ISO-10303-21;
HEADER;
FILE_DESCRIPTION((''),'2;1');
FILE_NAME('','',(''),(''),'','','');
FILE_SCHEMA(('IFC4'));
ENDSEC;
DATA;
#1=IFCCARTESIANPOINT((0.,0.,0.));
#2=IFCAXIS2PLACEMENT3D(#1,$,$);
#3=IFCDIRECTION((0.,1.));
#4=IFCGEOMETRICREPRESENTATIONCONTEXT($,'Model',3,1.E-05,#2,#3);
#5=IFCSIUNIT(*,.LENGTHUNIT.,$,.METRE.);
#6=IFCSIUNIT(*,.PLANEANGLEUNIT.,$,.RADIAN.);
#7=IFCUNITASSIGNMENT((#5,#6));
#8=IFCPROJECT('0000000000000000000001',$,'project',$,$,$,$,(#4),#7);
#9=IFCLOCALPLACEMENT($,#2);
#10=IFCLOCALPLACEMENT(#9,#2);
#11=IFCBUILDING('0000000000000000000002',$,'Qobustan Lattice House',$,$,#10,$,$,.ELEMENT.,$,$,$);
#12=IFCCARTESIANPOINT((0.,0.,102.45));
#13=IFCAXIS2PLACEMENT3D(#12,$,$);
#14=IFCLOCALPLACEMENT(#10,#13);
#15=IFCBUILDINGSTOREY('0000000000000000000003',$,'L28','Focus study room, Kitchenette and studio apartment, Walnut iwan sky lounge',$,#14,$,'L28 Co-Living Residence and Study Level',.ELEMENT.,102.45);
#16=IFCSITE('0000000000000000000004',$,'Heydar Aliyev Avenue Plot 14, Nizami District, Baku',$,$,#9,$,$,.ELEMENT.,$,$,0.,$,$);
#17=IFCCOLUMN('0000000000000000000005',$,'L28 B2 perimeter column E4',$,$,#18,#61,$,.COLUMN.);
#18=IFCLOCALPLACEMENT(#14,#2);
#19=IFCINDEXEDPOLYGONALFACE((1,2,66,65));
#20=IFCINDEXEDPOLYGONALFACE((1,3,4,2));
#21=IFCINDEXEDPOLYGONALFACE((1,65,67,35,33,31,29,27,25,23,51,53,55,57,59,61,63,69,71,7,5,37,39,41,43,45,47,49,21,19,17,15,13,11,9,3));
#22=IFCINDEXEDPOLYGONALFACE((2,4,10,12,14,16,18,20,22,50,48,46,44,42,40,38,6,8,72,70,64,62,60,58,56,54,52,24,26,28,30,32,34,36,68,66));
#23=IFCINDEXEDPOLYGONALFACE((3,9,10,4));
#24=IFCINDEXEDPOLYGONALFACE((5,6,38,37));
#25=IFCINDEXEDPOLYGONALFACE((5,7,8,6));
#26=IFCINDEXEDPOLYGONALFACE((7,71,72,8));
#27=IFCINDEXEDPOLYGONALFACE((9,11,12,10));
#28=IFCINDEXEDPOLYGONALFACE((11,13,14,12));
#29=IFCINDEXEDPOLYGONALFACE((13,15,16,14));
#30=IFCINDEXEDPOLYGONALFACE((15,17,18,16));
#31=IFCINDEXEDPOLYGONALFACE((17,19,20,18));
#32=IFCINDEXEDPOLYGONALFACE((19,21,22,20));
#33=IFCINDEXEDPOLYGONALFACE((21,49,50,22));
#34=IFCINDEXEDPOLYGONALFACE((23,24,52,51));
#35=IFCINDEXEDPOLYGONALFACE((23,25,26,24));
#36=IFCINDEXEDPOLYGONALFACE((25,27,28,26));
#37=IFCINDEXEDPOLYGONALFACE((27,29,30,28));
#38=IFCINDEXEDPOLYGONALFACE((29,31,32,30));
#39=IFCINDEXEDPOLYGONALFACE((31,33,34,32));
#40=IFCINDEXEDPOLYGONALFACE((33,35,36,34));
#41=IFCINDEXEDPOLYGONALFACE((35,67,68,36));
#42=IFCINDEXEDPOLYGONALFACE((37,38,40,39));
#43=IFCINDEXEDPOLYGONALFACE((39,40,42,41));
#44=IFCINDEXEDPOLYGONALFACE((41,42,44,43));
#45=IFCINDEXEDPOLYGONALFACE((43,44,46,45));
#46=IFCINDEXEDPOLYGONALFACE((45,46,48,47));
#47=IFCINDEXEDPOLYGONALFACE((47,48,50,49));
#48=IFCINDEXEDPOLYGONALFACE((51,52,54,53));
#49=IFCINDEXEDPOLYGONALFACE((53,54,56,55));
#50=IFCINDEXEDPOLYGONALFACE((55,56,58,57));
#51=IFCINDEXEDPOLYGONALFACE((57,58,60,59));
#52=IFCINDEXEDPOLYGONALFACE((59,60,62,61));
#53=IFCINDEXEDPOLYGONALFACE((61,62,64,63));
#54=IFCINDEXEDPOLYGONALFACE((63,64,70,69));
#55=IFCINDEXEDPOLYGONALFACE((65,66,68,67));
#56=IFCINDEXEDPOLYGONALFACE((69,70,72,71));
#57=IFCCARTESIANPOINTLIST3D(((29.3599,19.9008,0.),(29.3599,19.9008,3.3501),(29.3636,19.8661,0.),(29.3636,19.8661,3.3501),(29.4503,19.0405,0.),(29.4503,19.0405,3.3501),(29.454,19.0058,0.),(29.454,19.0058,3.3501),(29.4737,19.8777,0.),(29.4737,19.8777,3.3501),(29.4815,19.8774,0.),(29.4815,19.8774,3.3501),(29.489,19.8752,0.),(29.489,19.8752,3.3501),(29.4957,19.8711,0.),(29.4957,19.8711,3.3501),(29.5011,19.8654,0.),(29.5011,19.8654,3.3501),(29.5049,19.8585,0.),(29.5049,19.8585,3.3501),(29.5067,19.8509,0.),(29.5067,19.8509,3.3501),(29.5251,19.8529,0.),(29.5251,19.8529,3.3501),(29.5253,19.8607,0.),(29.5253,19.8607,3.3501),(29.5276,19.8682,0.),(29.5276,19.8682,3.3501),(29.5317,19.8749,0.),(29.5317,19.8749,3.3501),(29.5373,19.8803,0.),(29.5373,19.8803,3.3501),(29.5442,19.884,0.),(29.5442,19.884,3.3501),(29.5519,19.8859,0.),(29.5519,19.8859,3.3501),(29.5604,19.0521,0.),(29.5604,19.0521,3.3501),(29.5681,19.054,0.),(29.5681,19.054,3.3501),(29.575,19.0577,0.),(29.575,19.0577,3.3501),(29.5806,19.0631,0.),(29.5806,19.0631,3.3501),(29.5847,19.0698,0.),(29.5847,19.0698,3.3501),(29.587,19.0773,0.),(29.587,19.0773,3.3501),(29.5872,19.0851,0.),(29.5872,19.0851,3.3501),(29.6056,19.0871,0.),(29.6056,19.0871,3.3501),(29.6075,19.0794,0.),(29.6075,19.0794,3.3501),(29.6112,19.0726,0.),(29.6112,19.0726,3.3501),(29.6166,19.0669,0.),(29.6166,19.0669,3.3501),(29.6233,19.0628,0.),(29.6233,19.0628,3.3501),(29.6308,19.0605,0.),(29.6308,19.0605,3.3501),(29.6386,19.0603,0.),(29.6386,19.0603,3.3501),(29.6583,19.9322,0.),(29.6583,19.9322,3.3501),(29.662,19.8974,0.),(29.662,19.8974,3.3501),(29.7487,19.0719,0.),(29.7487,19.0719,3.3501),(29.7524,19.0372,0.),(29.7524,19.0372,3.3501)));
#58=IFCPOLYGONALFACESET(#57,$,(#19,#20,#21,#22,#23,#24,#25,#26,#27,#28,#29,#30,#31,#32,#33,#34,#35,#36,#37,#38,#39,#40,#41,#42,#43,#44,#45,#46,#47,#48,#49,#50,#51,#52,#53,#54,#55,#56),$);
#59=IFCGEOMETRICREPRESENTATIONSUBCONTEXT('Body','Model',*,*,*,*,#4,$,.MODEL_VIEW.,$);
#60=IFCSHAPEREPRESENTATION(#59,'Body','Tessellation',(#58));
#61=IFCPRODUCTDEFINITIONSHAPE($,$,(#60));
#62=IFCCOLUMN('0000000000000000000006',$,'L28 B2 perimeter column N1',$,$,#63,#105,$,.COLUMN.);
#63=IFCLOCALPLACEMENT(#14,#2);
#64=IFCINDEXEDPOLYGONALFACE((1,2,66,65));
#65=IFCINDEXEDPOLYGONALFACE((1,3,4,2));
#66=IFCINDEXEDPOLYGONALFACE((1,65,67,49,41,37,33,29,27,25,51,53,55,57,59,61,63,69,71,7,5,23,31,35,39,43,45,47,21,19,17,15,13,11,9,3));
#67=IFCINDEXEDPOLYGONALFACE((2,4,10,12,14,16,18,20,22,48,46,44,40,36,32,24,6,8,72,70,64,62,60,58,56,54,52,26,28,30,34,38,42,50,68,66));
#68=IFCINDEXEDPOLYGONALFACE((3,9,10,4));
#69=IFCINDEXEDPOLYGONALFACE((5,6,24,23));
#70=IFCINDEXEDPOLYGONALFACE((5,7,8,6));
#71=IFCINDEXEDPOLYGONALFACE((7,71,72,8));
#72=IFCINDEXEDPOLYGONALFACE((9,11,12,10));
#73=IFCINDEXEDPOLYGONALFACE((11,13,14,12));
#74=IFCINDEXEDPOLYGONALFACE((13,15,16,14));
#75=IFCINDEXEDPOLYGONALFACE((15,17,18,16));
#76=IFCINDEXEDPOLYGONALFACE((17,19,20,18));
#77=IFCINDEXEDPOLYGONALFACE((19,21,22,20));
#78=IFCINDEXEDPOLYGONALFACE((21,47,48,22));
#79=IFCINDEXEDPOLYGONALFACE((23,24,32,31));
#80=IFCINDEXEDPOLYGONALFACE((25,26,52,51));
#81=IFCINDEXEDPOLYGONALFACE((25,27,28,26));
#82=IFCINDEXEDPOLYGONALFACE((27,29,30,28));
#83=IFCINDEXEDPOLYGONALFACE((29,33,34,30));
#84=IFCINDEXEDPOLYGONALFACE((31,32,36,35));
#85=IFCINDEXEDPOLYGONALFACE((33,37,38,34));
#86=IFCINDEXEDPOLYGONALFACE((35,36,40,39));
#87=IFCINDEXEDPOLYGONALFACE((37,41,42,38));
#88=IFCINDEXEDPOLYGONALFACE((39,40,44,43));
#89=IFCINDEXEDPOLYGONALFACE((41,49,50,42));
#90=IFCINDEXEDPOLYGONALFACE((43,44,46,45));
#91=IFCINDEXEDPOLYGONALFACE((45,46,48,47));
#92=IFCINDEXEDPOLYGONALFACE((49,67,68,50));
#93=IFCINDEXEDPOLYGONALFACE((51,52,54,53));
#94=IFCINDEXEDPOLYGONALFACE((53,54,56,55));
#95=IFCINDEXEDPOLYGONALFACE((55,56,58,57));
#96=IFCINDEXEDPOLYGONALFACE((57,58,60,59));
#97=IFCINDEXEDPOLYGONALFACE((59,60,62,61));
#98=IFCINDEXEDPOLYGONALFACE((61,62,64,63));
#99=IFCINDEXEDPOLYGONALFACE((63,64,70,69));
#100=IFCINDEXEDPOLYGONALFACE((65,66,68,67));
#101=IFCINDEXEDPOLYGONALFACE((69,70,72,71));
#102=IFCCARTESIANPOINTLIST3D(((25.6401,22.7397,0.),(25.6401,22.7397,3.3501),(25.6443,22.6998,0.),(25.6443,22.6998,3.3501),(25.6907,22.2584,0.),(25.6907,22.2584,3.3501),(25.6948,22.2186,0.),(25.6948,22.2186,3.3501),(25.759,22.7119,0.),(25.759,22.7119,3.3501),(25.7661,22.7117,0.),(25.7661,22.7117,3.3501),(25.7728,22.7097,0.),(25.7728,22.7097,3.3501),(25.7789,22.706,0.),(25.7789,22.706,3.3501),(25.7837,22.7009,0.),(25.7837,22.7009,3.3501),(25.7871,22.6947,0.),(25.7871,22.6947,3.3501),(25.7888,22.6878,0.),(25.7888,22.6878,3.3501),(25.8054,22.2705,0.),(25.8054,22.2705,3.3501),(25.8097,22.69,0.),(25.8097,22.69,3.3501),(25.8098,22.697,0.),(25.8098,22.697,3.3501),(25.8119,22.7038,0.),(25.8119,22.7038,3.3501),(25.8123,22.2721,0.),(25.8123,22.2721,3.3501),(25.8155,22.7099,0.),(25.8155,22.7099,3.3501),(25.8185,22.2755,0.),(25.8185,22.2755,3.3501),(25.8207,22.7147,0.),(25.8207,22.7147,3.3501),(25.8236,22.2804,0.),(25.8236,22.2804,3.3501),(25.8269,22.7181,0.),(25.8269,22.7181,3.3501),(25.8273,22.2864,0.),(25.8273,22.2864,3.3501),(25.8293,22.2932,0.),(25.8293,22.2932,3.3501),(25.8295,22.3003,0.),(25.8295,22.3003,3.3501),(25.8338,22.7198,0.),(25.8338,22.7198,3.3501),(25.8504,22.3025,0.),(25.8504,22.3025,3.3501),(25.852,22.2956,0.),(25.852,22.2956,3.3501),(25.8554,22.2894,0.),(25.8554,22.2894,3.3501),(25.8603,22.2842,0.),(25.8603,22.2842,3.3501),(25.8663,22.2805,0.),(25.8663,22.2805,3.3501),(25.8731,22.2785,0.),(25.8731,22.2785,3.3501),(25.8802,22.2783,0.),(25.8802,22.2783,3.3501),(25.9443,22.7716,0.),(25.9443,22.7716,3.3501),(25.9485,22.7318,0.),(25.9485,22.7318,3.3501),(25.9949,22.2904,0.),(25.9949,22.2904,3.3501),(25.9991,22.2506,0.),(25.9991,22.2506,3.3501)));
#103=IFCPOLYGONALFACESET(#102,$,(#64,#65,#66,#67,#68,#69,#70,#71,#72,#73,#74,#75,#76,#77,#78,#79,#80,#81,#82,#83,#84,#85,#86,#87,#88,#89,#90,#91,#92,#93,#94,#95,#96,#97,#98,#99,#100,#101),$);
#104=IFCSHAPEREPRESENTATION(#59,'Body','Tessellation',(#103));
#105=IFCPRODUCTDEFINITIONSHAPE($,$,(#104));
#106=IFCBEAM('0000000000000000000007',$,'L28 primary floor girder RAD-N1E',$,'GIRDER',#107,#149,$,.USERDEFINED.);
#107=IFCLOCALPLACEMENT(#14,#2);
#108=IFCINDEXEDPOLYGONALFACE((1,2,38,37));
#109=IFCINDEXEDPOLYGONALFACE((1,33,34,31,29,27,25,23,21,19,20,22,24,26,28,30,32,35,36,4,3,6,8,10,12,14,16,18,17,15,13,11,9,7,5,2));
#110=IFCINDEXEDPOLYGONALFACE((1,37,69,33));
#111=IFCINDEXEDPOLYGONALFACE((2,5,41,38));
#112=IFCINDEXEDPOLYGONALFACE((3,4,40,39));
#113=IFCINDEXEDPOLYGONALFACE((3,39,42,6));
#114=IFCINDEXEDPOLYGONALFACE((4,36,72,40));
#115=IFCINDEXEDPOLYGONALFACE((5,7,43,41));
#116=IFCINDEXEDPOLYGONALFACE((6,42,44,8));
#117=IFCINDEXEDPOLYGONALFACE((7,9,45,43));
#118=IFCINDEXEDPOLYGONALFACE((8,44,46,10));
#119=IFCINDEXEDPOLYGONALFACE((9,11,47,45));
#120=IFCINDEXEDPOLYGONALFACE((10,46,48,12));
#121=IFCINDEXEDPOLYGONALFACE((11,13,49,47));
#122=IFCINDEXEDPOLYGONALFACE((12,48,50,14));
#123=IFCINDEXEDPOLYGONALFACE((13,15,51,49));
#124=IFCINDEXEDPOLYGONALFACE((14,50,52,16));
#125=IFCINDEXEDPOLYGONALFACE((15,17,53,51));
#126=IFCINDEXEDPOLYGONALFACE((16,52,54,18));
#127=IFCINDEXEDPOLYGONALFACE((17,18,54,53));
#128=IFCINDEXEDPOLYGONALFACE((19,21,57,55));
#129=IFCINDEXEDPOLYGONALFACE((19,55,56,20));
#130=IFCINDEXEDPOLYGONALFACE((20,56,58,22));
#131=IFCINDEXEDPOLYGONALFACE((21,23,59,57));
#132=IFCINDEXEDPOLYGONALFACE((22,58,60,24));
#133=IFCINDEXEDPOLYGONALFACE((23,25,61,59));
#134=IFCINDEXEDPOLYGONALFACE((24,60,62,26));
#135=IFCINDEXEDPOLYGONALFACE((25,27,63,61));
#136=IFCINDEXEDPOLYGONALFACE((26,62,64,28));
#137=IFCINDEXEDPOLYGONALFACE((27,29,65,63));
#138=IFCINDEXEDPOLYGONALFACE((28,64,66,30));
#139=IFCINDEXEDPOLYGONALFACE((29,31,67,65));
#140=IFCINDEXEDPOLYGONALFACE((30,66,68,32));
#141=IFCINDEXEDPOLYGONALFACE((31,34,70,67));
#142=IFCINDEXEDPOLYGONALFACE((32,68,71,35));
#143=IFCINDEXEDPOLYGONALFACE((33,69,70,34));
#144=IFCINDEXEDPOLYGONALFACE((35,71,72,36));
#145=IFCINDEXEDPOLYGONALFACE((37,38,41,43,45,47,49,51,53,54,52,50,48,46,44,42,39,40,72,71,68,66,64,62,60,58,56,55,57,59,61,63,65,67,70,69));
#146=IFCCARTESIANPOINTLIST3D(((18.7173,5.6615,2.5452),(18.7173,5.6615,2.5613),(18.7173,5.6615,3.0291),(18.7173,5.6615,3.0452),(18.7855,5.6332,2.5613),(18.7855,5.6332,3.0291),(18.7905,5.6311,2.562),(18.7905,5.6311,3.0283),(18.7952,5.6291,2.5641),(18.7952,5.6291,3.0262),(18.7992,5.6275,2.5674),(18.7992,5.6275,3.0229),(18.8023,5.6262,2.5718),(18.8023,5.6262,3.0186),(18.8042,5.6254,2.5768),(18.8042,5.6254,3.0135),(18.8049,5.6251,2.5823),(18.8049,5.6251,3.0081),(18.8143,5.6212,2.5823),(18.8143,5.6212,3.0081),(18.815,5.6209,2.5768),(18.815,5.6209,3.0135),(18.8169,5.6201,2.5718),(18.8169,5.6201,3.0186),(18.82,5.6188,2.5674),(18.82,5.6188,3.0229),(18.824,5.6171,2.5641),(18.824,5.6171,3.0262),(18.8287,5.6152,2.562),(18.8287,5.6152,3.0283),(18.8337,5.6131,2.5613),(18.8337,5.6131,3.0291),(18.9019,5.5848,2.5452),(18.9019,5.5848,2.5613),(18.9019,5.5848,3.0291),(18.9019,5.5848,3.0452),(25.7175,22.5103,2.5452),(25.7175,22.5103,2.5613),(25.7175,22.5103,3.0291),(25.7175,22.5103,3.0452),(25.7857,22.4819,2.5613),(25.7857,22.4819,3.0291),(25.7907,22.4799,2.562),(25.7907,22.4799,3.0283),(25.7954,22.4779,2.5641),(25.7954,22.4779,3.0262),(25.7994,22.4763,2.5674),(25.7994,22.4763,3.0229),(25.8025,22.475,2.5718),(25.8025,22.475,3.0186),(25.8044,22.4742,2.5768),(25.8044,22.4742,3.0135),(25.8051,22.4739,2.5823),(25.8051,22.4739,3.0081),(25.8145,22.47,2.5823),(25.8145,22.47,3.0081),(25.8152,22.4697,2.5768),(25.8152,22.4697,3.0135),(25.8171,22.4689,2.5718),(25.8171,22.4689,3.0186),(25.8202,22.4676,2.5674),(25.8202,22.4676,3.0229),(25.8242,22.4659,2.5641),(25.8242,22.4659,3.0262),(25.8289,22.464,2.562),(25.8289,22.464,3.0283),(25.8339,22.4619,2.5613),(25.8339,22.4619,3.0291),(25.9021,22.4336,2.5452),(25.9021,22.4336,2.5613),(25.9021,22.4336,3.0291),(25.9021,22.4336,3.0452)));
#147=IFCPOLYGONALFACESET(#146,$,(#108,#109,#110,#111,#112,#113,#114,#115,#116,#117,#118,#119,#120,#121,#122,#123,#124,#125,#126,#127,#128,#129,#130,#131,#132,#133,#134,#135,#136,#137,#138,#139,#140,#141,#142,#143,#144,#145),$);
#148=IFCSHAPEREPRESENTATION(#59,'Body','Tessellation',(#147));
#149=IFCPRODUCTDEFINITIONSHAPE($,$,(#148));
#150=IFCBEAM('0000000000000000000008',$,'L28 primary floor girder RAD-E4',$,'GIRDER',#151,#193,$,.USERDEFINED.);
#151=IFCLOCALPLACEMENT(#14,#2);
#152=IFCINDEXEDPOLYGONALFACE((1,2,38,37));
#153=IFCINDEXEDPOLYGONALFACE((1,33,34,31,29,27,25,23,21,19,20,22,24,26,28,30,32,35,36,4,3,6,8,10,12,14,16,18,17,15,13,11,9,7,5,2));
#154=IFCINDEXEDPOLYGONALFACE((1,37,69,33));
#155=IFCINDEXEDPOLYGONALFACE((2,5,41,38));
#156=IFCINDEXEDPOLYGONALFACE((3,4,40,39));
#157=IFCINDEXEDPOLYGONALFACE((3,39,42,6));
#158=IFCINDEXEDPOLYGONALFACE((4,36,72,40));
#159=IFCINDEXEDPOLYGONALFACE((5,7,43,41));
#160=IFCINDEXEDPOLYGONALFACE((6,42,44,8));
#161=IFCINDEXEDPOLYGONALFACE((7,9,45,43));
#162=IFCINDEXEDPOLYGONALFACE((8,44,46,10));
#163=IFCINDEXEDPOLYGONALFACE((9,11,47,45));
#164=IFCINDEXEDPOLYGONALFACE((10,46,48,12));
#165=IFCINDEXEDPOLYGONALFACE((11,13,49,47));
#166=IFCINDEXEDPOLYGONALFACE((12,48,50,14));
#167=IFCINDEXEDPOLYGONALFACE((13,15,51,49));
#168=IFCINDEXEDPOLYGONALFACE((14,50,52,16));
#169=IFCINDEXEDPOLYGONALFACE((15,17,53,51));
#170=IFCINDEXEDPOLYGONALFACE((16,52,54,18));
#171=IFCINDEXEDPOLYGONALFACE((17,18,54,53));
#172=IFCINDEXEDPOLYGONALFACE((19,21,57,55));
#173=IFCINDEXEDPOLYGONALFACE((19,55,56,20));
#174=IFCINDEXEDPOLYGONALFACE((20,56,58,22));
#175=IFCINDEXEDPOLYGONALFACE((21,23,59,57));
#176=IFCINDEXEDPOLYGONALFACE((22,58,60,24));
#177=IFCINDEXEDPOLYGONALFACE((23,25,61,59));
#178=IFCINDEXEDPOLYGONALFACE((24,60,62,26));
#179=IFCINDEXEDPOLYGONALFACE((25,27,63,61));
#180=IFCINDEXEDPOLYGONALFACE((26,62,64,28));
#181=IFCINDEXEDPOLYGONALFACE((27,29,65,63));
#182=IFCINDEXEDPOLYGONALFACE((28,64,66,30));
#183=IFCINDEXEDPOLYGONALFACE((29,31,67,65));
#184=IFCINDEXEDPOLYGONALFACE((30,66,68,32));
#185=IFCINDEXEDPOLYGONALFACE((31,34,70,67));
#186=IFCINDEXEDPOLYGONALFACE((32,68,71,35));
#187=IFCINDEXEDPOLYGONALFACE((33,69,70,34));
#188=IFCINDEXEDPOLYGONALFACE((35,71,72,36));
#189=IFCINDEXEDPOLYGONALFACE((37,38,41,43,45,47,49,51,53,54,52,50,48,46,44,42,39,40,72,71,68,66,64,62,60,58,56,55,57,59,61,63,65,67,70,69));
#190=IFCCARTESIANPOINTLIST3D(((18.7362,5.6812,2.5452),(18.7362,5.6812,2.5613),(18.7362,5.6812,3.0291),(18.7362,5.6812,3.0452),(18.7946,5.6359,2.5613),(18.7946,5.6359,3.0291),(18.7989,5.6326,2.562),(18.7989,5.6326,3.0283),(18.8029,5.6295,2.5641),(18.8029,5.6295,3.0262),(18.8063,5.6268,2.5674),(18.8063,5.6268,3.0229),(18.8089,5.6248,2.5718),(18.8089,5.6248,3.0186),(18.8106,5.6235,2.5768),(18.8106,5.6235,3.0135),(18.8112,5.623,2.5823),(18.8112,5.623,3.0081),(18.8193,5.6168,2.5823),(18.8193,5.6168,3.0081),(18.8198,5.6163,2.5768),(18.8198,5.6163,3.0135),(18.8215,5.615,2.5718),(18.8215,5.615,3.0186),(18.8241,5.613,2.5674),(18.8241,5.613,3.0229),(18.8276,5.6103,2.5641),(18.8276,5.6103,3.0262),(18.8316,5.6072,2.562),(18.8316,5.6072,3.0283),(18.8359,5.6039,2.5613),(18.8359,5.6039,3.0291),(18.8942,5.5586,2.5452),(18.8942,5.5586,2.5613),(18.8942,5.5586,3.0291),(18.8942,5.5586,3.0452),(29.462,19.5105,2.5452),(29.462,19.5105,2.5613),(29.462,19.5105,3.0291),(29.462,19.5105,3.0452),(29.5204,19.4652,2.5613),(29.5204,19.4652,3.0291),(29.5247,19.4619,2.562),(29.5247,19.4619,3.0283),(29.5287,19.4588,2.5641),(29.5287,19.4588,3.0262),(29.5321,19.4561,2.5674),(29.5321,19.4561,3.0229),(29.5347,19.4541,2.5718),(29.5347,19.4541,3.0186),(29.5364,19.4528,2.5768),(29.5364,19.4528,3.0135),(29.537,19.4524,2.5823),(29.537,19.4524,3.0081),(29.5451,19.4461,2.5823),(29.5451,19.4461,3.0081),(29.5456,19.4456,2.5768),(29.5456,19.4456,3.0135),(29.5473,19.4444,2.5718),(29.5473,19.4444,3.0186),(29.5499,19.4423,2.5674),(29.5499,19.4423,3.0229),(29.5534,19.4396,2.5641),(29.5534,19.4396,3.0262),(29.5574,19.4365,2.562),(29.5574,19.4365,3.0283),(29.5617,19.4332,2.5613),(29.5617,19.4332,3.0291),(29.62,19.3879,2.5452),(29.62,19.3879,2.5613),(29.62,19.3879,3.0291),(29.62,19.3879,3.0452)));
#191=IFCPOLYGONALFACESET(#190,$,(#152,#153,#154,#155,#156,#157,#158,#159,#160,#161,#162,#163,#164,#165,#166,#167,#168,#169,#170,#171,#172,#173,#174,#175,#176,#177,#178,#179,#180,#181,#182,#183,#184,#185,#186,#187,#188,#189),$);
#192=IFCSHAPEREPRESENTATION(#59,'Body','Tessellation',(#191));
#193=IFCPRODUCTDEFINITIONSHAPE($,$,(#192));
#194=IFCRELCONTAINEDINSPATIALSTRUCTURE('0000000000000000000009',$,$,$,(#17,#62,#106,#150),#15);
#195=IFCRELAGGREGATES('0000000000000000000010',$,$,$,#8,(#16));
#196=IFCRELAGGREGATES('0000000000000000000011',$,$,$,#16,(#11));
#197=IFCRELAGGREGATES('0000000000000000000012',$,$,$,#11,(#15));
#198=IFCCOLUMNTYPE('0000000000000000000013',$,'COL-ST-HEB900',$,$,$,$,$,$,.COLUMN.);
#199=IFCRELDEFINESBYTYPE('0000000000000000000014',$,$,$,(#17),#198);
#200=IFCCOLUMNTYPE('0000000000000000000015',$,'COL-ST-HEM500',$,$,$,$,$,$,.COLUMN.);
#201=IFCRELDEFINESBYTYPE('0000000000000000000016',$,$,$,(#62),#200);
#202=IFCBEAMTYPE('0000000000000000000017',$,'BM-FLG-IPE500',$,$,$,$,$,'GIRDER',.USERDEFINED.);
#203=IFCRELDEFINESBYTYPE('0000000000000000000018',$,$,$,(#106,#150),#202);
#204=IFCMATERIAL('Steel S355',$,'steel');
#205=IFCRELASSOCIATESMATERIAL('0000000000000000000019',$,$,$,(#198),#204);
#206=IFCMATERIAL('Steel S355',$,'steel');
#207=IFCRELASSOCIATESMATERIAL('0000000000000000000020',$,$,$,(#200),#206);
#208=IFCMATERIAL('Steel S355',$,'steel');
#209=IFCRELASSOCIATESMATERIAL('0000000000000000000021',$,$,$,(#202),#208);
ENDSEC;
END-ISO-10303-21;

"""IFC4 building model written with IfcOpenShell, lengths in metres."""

from ifc_helpers import new_model, si_unit, direction, frame, origin, origin_2d, place, context, subcontext, project, spatial, i_section, extrude, material, material_profile, profile_set, type_object, element, save


model = new_model("IFC4")

# Units and contexts
model_context = context("Model", 3, precision=1e-05, world=origin(), true_north=direction((0.0, 1.0)))
body_context = subcontext(model_context, "Body", "Model", "MODEL_VIEW")
ifc_project = project(units=[si_unit("LENGTHUNIT", "METRE"), si_unit("PLANEANGLEUNIT", "RADIAN")], contexts=[model_context])

# Site, building, storey
site_placement = place(None, origin())
site = spatial("IfcSite", under=ifc_project, at=site_placement, Name="Heydar Aliyev Avenue Plot 14, Nizami District, Baku", CompositionType="ELEMENT", RefElevation=0.0)
building_placement = place(site_placement, origin())
building = spatial("IfcBuilding", under=site, at=building_placement, Name="Qobustan Lattice House", CompositionType="ELEMENT")
storey_placement = place(building_placement, frame((0.0, 0.0, 102.45)))
storey = spatial("IfcBuildingStorey", under=building, at=storey_placement, Name="L28", Description="Focus study room, Kitchenette and studio apartment, Walnut iwan sky lounge", LongName="L28 Co-Living Residence and Study Level", CompositionType="ELEMENT", Elevation=102.45)

# Columns
ifc_material_1 = material(Name="Steel S355", Category="steel")
ifc_material_profile_1 = material_profile(ifc_material_1, i_section(OverallWidth=0.3, OverallDepth=0.8999, WebThickness=0.0186, FlangeThickness=0.0349, FilletRadius=0.03, at=origin_2d()), Name="HEB900")
ifc_profile_set_1 = profile_set([ifc_material_profile_1], Name="Steel S355")
column_type_1 = type_object("IfcColumnType", Name="COL-ST-HEB900", PredefinedType="COLUMN", material=ifc_profile_set_1)
column_1_placement = place(storey_placement, frame((29.5562, 19.469, 0.0), z_axis=(0.0, 0.0, 1.0), x_axis=(0.994522, 0.104528, 0.0)))
element("IfcColumn", 1, at=column_1_placement, inside=storey, type_object=column_type_1, Name="L28 B2 perimeter column E4", PredefinedType="COLUMN", context=body_context, shape_type="SweptSolid", body=[
    extrude(i_section(OverallWidth=0.3, OverallDepth=0.8999, WebThickness=0.0186, FlangeThickness=0.0349, FilletRadius=0.03, at=origin_2d()), origin(), (0.0, 0.0, 1.0), 3.3501),
])
ifc_material_2 = material(Name="Steel S355", Category="steel")
ifc_material_profile_2 = material_profile(ifc_material_2, i_section(OverallWidth=0.3059, OverallDepth=0.5239, WebThickness=0.021, FlangeThickness=0.04, FilletRadius=0.0271, at=origin_2d()), Name="HEM500")
ifc_profile_set_2 = profile_set([ifc_material_profile_2], Name="Steel S355")
column_type_2 = type_object("IfcColumnType", Name="COL-ST-HEM500", PredefinedType="COLUMN", material=ifc_profile_set_2)
column_2_placement = place(storey_placement, frame((25.8196, 22.4951, 0.0), z_axis=(0.0, 0.0, 1.0), x_axis=(0.994522, 0.104528, 0.0)))
element("IfcColumn", 2, at=column_2_placement, inside=storey, type_object=column_type_2, Name="L28 B2 perimeter column N1", PredefinedType="COLUMN", context=body_context, shape_type="SweptSolid", body=[
    extrude(i_section(OverallWidth=0.3059, OverallDepth=0.5239, WebThickness=0.021, FlangeThickness=0.04, FilletRadius=0.0271, at=origin_2d()), origin(), (0.0, 0.0, 1.0), 3.3501),
])

# Beams
ifc_material_3 = material(Name="Steel S355", Category="steel")
ifc_material_profile_3 = material_profile(ifc_material_3, i_section(OverallWidth=0.2, OverallDepth=0.5, WebThickness=0.0103, FlangeThickness=0.0161, FilletRadius=0.021, at=origin_2d()), Name="IPE500")
ifc_profile_set_3 = profile_set([ifc_material_profile_3], Name="Steel S355")
beam_type_1 = type_object("IfcBeamType", Name="BM-FLG-IPE500", ElementType="GIRDER", PredefinedType="USERDEFINED", material=ifc_profile_set_3)
beam_1_placement = place(storey_placement, frame((25.8098, 22.4719, 2.7952), z_axis=(-0.383676, -0.923468, 0.0), x_axis=(0.923468, -0.383676, 0.0)))
element("IfcBeam", 3, at=beam_1_placement, inside=storey, type_object=beam_type_1, Name="L28 primary floor girder RAD-N1E", ObjectType="GIRDER", PredefinedType="USERDEFINED", context=body_context, shape_type="SweptSolid", body=[
    extrude(i_section(OverallWidth=0.2, OverallDepth=0.5, WebThickness=0.0103, FlangeThickness=0.0161, FilletRadius=0.021, at=origin_2d()), origin(), (0.0, 0.0, 1.0), 18.2451),
])
beam_2_placement = place(storey_placement, frame((29.541, 19.4492, 2.7952), z_axis=(-0.61286, -0.790191, 0.0), x_axis=(0.790191, -0.61286, 0.0)))
element("IfcBeam", 4, at=beam_2_placement, inside=storey, type_object=beam_type_1, Name="L28 primary floor girder RAD-E4", ObjectType="GIRDER", PredefinedType="USERDEFINED", context=body_context, shape_type="SweptSolid", body=[
    extrude(i_section(OverallWidth=0.2, OverallDepth=0.5, WebThickness=0.0103, FlangeThickness=0.0161, FilletRadius=0.021, at=origin_2d()), origin(), (0.0, 0.0, 1.0), 17.5012),
])

save(model, "model.ifc")
